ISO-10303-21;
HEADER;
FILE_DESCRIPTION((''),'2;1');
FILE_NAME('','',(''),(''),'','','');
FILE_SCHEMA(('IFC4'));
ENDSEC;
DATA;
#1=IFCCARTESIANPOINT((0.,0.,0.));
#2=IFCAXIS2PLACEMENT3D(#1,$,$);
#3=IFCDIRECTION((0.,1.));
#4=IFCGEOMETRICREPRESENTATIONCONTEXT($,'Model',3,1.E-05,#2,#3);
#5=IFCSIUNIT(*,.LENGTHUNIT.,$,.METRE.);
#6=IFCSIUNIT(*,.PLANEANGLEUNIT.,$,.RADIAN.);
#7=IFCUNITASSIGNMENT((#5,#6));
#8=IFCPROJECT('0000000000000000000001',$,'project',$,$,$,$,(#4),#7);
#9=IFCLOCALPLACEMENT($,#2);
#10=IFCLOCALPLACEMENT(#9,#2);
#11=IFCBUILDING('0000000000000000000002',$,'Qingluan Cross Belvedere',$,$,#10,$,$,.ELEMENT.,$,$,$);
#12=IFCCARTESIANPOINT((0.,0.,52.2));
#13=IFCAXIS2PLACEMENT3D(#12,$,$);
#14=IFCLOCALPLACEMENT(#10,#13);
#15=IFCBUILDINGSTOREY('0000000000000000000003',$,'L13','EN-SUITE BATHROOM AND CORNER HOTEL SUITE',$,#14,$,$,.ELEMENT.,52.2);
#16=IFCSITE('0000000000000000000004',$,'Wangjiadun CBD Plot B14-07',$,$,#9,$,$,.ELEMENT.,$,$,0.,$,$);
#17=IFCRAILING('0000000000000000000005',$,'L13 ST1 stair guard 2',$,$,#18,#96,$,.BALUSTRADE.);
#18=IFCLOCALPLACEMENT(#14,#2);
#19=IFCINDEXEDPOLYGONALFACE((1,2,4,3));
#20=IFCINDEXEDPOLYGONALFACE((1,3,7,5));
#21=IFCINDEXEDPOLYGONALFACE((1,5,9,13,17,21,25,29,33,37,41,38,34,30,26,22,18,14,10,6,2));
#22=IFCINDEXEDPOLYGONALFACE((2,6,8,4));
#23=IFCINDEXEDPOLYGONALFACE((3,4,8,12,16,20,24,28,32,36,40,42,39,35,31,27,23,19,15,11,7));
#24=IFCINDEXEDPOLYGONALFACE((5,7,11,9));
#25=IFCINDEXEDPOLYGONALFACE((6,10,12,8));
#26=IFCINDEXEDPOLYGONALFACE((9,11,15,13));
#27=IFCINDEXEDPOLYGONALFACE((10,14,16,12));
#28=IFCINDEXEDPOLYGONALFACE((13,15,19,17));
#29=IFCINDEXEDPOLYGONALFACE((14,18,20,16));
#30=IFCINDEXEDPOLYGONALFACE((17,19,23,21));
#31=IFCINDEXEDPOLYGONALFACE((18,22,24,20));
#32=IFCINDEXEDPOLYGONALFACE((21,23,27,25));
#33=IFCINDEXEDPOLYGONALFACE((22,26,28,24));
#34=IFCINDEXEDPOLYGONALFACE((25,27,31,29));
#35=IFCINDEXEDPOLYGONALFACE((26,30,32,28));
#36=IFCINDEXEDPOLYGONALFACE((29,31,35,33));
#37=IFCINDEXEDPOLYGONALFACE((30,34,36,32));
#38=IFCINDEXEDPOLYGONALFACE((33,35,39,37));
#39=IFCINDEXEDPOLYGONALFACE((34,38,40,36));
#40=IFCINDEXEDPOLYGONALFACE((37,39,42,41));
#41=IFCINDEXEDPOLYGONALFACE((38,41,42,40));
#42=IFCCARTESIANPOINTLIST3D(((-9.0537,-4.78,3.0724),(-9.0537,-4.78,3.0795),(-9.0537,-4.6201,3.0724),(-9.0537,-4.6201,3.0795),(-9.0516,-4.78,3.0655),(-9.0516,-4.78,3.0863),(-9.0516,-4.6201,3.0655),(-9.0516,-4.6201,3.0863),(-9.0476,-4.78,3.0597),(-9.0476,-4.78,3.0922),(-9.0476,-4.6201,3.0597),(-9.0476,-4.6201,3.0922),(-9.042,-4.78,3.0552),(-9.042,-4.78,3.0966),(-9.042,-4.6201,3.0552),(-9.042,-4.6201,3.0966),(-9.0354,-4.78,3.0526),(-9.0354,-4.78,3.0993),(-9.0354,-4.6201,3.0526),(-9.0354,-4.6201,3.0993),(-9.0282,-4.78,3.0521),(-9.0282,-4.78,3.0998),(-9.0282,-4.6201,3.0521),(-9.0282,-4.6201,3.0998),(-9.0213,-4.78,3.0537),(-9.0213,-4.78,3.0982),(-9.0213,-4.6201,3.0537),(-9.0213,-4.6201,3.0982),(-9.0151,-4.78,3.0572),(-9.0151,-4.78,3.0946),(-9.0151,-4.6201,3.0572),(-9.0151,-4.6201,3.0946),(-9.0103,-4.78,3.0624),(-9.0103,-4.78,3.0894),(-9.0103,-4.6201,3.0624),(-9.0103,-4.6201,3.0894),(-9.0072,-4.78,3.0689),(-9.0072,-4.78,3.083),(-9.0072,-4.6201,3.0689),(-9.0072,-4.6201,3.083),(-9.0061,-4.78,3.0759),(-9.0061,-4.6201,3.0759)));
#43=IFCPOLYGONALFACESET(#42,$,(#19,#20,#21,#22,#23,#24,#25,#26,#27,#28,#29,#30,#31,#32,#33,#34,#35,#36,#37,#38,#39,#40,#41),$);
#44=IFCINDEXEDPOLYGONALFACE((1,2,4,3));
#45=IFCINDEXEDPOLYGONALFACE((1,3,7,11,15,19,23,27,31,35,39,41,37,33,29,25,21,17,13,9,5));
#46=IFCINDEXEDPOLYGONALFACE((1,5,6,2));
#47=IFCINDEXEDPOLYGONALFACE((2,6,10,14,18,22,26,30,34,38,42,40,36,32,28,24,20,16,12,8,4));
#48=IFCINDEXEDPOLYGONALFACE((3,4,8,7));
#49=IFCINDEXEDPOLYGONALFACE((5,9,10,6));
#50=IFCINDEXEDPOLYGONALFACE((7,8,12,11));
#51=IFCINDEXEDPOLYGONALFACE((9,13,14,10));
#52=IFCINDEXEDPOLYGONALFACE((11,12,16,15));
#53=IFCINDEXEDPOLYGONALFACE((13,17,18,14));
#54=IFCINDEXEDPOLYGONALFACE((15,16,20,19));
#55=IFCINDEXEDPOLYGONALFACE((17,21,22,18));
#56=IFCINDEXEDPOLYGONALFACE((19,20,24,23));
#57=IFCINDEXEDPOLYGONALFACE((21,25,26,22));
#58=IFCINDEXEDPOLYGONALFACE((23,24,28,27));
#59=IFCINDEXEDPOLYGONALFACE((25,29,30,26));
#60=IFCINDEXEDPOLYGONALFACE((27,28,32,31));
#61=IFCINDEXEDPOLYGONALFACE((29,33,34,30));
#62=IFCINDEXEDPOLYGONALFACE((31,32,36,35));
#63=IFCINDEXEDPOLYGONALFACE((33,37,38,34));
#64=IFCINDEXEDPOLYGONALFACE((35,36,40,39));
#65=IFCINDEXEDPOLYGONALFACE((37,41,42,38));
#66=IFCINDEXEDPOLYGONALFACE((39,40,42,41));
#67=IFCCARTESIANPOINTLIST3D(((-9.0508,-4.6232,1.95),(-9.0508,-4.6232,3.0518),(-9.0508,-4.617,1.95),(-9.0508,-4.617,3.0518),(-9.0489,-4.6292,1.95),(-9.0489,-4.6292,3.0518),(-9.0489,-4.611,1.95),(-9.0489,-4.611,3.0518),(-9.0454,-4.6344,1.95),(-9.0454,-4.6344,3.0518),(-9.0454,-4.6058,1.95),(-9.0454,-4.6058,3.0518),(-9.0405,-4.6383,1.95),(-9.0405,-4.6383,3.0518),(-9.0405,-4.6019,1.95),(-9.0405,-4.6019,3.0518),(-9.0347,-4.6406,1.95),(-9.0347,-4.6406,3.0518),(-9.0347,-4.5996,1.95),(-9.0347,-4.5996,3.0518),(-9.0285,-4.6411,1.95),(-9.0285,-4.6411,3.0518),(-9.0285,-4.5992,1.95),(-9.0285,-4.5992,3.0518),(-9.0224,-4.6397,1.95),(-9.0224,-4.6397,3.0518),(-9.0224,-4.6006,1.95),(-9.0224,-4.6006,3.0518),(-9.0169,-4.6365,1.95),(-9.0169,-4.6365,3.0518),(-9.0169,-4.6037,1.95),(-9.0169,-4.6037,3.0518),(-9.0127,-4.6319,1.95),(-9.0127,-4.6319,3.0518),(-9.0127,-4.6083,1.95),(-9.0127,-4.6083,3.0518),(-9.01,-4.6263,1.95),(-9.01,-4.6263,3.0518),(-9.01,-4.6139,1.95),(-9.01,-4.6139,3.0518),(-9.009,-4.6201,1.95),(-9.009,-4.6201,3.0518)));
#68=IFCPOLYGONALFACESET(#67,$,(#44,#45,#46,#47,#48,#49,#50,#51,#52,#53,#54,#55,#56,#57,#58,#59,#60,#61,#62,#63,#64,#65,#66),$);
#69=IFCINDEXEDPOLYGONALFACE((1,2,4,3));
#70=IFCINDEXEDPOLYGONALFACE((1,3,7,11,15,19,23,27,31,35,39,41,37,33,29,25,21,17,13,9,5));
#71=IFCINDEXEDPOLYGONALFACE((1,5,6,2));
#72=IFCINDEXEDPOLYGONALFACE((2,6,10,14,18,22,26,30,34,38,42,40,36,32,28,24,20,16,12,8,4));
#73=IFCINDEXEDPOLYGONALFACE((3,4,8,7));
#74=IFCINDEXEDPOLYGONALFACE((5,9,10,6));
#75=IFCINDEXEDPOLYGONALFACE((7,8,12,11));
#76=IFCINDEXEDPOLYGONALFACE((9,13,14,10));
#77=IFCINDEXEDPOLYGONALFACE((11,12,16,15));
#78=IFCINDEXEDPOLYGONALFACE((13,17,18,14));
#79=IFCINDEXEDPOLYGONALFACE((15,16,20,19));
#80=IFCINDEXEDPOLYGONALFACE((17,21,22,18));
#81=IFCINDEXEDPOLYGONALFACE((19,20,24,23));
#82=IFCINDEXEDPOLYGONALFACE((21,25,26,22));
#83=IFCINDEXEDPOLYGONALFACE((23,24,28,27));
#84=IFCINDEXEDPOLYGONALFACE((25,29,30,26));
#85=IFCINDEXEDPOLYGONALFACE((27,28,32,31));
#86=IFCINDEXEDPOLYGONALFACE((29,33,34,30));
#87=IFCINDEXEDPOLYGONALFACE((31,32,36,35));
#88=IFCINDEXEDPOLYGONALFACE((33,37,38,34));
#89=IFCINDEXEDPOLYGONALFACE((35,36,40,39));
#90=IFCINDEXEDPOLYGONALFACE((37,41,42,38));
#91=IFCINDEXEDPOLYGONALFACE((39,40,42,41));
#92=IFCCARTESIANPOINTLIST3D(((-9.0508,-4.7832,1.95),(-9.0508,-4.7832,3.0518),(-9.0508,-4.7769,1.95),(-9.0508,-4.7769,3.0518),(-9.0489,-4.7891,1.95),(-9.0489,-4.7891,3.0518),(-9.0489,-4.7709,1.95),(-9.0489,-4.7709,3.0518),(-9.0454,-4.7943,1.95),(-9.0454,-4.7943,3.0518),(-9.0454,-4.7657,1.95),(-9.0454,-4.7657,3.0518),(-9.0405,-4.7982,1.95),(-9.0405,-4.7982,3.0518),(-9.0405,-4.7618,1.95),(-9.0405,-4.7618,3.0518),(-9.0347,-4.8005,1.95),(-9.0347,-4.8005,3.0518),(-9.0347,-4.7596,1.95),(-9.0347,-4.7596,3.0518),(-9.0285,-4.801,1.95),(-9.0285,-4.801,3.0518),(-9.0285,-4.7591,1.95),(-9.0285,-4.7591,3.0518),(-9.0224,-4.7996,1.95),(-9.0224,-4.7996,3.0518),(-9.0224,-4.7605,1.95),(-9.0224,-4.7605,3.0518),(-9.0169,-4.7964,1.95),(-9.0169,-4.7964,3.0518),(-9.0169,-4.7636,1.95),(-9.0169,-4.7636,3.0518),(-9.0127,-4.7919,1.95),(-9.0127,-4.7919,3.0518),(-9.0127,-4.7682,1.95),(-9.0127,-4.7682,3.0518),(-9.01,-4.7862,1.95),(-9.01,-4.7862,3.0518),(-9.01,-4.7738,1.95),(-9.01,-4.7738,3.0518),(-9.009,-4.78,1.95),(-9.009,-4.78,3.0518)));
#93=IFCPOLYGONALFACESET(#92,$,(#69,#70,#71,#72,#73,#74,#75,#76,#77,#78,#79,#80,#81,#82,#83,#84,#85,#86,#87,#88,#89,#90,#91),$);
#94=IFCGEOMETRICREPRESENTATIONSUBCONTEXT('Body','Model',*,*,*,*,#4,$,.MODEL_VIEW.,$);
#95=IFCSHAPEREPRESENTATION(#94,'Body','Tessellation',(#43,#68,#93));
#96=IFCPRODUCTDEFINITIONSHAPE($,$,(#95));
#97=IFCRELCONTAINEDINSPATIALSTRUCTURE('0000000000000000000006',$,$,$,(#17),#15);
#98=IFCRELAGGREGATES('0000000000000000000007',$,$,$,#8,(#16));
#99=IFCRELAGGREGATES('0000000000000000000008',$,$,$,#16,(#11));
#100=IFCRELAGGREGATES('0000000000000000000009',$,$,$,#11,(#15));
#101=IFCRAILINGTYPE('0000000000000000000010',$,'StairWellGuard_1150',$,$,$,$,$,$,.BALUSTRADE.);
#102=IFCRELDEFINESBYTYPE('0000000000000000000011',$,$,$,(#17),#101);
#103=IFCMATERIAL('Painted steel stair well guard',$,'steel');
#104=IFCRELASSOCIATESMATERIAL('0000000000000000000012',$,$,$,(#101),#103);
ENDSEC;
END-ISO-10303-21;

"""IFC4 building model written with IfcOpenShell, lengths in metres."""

from ifc_helpers import new_model, si_unit, direction, frame, origin, origin_2d, place, context, subcontext, project, spatial, circle, extrude, material, type_object, element, save


model = new_model("IFC4")

# Units and contexts
model_context = context("Model", 3, precision=1e-05, world=origin(), true_north=direction((0.0, 1.0)))
body_context = subcontext(model_context, "Body", "Model", "MODEL_VIEW")
ifc_project = project(units=[si_unit("LENGTHUNIT", "METRE"), si_unit("PLANEANGLEUNIT", "RADIAN")], contexts=[model_context])

# Site, building, storey
site_placement = place(None, origin())
site = spatial("IfcSite", under=ifc_project, at=site_placement, Name="Wangjiadun CBD Plot B14-07", CompositionType="ELEMENT", RefElevation=0.0)
building_placement = place(site_placement, origin())
building = spatial("IfcBuilding", under=site, at=building_placement, Name="Qingluan Cross Belvedere", CompositionType="ELEMENT")
storey_placement = place(building_placement, frame((0.0, 0.0, 52.2)))
storey = spatial("IfcBuildingStorey", under=building, at=storey_placement, Name="L13", Description="EN-SUITE BATHROOM AND CORNER HOTEL SUITE", CompositionType="ELEMENT", Elevation=52.2)

# Railing
ifc_material_1 = material(Name="Painted steel stair well guard", Category="steel")
railing_type_1 = type_object("IfcRailingType", Name="StairWellGuard_1150", PredefinedType="BALUSTRADE", material=ifc_material_1)
railing_1_placement = place(storey_placement, frame((-9.03, -4.6201, 1.95)))
element("IfcRailing", 1, at=railing_1_placement, inside=storey, type_object=railing_type_1, Name="L13 ST1 stair guard 2", PredefinedType="BALUSTRADE", context=body_context, shape_type="SweptSolid", body=[
    extrude(circle(Radius=0.0239, at=origin_2d()), frame((0.0, 0.0, 1.126), z_axis=(0.0, -1.0, 0.0), x_axis=(1.0, 0.0, 0.0)), (0.0, 0.0, 1.0), 0.1599),
    extrude(circle(Radius=0.021, at=origin_2d()), origin(), (0.0, 0.0, 1.0), 1.1018),
    extrude(circle(Radius=0.021, at=origin_2d()), frame((0.0, -0.1599, 0.0)), (0.0, 0.0, 1.0), 1.1018),
])

save(model, "model.ifc")
